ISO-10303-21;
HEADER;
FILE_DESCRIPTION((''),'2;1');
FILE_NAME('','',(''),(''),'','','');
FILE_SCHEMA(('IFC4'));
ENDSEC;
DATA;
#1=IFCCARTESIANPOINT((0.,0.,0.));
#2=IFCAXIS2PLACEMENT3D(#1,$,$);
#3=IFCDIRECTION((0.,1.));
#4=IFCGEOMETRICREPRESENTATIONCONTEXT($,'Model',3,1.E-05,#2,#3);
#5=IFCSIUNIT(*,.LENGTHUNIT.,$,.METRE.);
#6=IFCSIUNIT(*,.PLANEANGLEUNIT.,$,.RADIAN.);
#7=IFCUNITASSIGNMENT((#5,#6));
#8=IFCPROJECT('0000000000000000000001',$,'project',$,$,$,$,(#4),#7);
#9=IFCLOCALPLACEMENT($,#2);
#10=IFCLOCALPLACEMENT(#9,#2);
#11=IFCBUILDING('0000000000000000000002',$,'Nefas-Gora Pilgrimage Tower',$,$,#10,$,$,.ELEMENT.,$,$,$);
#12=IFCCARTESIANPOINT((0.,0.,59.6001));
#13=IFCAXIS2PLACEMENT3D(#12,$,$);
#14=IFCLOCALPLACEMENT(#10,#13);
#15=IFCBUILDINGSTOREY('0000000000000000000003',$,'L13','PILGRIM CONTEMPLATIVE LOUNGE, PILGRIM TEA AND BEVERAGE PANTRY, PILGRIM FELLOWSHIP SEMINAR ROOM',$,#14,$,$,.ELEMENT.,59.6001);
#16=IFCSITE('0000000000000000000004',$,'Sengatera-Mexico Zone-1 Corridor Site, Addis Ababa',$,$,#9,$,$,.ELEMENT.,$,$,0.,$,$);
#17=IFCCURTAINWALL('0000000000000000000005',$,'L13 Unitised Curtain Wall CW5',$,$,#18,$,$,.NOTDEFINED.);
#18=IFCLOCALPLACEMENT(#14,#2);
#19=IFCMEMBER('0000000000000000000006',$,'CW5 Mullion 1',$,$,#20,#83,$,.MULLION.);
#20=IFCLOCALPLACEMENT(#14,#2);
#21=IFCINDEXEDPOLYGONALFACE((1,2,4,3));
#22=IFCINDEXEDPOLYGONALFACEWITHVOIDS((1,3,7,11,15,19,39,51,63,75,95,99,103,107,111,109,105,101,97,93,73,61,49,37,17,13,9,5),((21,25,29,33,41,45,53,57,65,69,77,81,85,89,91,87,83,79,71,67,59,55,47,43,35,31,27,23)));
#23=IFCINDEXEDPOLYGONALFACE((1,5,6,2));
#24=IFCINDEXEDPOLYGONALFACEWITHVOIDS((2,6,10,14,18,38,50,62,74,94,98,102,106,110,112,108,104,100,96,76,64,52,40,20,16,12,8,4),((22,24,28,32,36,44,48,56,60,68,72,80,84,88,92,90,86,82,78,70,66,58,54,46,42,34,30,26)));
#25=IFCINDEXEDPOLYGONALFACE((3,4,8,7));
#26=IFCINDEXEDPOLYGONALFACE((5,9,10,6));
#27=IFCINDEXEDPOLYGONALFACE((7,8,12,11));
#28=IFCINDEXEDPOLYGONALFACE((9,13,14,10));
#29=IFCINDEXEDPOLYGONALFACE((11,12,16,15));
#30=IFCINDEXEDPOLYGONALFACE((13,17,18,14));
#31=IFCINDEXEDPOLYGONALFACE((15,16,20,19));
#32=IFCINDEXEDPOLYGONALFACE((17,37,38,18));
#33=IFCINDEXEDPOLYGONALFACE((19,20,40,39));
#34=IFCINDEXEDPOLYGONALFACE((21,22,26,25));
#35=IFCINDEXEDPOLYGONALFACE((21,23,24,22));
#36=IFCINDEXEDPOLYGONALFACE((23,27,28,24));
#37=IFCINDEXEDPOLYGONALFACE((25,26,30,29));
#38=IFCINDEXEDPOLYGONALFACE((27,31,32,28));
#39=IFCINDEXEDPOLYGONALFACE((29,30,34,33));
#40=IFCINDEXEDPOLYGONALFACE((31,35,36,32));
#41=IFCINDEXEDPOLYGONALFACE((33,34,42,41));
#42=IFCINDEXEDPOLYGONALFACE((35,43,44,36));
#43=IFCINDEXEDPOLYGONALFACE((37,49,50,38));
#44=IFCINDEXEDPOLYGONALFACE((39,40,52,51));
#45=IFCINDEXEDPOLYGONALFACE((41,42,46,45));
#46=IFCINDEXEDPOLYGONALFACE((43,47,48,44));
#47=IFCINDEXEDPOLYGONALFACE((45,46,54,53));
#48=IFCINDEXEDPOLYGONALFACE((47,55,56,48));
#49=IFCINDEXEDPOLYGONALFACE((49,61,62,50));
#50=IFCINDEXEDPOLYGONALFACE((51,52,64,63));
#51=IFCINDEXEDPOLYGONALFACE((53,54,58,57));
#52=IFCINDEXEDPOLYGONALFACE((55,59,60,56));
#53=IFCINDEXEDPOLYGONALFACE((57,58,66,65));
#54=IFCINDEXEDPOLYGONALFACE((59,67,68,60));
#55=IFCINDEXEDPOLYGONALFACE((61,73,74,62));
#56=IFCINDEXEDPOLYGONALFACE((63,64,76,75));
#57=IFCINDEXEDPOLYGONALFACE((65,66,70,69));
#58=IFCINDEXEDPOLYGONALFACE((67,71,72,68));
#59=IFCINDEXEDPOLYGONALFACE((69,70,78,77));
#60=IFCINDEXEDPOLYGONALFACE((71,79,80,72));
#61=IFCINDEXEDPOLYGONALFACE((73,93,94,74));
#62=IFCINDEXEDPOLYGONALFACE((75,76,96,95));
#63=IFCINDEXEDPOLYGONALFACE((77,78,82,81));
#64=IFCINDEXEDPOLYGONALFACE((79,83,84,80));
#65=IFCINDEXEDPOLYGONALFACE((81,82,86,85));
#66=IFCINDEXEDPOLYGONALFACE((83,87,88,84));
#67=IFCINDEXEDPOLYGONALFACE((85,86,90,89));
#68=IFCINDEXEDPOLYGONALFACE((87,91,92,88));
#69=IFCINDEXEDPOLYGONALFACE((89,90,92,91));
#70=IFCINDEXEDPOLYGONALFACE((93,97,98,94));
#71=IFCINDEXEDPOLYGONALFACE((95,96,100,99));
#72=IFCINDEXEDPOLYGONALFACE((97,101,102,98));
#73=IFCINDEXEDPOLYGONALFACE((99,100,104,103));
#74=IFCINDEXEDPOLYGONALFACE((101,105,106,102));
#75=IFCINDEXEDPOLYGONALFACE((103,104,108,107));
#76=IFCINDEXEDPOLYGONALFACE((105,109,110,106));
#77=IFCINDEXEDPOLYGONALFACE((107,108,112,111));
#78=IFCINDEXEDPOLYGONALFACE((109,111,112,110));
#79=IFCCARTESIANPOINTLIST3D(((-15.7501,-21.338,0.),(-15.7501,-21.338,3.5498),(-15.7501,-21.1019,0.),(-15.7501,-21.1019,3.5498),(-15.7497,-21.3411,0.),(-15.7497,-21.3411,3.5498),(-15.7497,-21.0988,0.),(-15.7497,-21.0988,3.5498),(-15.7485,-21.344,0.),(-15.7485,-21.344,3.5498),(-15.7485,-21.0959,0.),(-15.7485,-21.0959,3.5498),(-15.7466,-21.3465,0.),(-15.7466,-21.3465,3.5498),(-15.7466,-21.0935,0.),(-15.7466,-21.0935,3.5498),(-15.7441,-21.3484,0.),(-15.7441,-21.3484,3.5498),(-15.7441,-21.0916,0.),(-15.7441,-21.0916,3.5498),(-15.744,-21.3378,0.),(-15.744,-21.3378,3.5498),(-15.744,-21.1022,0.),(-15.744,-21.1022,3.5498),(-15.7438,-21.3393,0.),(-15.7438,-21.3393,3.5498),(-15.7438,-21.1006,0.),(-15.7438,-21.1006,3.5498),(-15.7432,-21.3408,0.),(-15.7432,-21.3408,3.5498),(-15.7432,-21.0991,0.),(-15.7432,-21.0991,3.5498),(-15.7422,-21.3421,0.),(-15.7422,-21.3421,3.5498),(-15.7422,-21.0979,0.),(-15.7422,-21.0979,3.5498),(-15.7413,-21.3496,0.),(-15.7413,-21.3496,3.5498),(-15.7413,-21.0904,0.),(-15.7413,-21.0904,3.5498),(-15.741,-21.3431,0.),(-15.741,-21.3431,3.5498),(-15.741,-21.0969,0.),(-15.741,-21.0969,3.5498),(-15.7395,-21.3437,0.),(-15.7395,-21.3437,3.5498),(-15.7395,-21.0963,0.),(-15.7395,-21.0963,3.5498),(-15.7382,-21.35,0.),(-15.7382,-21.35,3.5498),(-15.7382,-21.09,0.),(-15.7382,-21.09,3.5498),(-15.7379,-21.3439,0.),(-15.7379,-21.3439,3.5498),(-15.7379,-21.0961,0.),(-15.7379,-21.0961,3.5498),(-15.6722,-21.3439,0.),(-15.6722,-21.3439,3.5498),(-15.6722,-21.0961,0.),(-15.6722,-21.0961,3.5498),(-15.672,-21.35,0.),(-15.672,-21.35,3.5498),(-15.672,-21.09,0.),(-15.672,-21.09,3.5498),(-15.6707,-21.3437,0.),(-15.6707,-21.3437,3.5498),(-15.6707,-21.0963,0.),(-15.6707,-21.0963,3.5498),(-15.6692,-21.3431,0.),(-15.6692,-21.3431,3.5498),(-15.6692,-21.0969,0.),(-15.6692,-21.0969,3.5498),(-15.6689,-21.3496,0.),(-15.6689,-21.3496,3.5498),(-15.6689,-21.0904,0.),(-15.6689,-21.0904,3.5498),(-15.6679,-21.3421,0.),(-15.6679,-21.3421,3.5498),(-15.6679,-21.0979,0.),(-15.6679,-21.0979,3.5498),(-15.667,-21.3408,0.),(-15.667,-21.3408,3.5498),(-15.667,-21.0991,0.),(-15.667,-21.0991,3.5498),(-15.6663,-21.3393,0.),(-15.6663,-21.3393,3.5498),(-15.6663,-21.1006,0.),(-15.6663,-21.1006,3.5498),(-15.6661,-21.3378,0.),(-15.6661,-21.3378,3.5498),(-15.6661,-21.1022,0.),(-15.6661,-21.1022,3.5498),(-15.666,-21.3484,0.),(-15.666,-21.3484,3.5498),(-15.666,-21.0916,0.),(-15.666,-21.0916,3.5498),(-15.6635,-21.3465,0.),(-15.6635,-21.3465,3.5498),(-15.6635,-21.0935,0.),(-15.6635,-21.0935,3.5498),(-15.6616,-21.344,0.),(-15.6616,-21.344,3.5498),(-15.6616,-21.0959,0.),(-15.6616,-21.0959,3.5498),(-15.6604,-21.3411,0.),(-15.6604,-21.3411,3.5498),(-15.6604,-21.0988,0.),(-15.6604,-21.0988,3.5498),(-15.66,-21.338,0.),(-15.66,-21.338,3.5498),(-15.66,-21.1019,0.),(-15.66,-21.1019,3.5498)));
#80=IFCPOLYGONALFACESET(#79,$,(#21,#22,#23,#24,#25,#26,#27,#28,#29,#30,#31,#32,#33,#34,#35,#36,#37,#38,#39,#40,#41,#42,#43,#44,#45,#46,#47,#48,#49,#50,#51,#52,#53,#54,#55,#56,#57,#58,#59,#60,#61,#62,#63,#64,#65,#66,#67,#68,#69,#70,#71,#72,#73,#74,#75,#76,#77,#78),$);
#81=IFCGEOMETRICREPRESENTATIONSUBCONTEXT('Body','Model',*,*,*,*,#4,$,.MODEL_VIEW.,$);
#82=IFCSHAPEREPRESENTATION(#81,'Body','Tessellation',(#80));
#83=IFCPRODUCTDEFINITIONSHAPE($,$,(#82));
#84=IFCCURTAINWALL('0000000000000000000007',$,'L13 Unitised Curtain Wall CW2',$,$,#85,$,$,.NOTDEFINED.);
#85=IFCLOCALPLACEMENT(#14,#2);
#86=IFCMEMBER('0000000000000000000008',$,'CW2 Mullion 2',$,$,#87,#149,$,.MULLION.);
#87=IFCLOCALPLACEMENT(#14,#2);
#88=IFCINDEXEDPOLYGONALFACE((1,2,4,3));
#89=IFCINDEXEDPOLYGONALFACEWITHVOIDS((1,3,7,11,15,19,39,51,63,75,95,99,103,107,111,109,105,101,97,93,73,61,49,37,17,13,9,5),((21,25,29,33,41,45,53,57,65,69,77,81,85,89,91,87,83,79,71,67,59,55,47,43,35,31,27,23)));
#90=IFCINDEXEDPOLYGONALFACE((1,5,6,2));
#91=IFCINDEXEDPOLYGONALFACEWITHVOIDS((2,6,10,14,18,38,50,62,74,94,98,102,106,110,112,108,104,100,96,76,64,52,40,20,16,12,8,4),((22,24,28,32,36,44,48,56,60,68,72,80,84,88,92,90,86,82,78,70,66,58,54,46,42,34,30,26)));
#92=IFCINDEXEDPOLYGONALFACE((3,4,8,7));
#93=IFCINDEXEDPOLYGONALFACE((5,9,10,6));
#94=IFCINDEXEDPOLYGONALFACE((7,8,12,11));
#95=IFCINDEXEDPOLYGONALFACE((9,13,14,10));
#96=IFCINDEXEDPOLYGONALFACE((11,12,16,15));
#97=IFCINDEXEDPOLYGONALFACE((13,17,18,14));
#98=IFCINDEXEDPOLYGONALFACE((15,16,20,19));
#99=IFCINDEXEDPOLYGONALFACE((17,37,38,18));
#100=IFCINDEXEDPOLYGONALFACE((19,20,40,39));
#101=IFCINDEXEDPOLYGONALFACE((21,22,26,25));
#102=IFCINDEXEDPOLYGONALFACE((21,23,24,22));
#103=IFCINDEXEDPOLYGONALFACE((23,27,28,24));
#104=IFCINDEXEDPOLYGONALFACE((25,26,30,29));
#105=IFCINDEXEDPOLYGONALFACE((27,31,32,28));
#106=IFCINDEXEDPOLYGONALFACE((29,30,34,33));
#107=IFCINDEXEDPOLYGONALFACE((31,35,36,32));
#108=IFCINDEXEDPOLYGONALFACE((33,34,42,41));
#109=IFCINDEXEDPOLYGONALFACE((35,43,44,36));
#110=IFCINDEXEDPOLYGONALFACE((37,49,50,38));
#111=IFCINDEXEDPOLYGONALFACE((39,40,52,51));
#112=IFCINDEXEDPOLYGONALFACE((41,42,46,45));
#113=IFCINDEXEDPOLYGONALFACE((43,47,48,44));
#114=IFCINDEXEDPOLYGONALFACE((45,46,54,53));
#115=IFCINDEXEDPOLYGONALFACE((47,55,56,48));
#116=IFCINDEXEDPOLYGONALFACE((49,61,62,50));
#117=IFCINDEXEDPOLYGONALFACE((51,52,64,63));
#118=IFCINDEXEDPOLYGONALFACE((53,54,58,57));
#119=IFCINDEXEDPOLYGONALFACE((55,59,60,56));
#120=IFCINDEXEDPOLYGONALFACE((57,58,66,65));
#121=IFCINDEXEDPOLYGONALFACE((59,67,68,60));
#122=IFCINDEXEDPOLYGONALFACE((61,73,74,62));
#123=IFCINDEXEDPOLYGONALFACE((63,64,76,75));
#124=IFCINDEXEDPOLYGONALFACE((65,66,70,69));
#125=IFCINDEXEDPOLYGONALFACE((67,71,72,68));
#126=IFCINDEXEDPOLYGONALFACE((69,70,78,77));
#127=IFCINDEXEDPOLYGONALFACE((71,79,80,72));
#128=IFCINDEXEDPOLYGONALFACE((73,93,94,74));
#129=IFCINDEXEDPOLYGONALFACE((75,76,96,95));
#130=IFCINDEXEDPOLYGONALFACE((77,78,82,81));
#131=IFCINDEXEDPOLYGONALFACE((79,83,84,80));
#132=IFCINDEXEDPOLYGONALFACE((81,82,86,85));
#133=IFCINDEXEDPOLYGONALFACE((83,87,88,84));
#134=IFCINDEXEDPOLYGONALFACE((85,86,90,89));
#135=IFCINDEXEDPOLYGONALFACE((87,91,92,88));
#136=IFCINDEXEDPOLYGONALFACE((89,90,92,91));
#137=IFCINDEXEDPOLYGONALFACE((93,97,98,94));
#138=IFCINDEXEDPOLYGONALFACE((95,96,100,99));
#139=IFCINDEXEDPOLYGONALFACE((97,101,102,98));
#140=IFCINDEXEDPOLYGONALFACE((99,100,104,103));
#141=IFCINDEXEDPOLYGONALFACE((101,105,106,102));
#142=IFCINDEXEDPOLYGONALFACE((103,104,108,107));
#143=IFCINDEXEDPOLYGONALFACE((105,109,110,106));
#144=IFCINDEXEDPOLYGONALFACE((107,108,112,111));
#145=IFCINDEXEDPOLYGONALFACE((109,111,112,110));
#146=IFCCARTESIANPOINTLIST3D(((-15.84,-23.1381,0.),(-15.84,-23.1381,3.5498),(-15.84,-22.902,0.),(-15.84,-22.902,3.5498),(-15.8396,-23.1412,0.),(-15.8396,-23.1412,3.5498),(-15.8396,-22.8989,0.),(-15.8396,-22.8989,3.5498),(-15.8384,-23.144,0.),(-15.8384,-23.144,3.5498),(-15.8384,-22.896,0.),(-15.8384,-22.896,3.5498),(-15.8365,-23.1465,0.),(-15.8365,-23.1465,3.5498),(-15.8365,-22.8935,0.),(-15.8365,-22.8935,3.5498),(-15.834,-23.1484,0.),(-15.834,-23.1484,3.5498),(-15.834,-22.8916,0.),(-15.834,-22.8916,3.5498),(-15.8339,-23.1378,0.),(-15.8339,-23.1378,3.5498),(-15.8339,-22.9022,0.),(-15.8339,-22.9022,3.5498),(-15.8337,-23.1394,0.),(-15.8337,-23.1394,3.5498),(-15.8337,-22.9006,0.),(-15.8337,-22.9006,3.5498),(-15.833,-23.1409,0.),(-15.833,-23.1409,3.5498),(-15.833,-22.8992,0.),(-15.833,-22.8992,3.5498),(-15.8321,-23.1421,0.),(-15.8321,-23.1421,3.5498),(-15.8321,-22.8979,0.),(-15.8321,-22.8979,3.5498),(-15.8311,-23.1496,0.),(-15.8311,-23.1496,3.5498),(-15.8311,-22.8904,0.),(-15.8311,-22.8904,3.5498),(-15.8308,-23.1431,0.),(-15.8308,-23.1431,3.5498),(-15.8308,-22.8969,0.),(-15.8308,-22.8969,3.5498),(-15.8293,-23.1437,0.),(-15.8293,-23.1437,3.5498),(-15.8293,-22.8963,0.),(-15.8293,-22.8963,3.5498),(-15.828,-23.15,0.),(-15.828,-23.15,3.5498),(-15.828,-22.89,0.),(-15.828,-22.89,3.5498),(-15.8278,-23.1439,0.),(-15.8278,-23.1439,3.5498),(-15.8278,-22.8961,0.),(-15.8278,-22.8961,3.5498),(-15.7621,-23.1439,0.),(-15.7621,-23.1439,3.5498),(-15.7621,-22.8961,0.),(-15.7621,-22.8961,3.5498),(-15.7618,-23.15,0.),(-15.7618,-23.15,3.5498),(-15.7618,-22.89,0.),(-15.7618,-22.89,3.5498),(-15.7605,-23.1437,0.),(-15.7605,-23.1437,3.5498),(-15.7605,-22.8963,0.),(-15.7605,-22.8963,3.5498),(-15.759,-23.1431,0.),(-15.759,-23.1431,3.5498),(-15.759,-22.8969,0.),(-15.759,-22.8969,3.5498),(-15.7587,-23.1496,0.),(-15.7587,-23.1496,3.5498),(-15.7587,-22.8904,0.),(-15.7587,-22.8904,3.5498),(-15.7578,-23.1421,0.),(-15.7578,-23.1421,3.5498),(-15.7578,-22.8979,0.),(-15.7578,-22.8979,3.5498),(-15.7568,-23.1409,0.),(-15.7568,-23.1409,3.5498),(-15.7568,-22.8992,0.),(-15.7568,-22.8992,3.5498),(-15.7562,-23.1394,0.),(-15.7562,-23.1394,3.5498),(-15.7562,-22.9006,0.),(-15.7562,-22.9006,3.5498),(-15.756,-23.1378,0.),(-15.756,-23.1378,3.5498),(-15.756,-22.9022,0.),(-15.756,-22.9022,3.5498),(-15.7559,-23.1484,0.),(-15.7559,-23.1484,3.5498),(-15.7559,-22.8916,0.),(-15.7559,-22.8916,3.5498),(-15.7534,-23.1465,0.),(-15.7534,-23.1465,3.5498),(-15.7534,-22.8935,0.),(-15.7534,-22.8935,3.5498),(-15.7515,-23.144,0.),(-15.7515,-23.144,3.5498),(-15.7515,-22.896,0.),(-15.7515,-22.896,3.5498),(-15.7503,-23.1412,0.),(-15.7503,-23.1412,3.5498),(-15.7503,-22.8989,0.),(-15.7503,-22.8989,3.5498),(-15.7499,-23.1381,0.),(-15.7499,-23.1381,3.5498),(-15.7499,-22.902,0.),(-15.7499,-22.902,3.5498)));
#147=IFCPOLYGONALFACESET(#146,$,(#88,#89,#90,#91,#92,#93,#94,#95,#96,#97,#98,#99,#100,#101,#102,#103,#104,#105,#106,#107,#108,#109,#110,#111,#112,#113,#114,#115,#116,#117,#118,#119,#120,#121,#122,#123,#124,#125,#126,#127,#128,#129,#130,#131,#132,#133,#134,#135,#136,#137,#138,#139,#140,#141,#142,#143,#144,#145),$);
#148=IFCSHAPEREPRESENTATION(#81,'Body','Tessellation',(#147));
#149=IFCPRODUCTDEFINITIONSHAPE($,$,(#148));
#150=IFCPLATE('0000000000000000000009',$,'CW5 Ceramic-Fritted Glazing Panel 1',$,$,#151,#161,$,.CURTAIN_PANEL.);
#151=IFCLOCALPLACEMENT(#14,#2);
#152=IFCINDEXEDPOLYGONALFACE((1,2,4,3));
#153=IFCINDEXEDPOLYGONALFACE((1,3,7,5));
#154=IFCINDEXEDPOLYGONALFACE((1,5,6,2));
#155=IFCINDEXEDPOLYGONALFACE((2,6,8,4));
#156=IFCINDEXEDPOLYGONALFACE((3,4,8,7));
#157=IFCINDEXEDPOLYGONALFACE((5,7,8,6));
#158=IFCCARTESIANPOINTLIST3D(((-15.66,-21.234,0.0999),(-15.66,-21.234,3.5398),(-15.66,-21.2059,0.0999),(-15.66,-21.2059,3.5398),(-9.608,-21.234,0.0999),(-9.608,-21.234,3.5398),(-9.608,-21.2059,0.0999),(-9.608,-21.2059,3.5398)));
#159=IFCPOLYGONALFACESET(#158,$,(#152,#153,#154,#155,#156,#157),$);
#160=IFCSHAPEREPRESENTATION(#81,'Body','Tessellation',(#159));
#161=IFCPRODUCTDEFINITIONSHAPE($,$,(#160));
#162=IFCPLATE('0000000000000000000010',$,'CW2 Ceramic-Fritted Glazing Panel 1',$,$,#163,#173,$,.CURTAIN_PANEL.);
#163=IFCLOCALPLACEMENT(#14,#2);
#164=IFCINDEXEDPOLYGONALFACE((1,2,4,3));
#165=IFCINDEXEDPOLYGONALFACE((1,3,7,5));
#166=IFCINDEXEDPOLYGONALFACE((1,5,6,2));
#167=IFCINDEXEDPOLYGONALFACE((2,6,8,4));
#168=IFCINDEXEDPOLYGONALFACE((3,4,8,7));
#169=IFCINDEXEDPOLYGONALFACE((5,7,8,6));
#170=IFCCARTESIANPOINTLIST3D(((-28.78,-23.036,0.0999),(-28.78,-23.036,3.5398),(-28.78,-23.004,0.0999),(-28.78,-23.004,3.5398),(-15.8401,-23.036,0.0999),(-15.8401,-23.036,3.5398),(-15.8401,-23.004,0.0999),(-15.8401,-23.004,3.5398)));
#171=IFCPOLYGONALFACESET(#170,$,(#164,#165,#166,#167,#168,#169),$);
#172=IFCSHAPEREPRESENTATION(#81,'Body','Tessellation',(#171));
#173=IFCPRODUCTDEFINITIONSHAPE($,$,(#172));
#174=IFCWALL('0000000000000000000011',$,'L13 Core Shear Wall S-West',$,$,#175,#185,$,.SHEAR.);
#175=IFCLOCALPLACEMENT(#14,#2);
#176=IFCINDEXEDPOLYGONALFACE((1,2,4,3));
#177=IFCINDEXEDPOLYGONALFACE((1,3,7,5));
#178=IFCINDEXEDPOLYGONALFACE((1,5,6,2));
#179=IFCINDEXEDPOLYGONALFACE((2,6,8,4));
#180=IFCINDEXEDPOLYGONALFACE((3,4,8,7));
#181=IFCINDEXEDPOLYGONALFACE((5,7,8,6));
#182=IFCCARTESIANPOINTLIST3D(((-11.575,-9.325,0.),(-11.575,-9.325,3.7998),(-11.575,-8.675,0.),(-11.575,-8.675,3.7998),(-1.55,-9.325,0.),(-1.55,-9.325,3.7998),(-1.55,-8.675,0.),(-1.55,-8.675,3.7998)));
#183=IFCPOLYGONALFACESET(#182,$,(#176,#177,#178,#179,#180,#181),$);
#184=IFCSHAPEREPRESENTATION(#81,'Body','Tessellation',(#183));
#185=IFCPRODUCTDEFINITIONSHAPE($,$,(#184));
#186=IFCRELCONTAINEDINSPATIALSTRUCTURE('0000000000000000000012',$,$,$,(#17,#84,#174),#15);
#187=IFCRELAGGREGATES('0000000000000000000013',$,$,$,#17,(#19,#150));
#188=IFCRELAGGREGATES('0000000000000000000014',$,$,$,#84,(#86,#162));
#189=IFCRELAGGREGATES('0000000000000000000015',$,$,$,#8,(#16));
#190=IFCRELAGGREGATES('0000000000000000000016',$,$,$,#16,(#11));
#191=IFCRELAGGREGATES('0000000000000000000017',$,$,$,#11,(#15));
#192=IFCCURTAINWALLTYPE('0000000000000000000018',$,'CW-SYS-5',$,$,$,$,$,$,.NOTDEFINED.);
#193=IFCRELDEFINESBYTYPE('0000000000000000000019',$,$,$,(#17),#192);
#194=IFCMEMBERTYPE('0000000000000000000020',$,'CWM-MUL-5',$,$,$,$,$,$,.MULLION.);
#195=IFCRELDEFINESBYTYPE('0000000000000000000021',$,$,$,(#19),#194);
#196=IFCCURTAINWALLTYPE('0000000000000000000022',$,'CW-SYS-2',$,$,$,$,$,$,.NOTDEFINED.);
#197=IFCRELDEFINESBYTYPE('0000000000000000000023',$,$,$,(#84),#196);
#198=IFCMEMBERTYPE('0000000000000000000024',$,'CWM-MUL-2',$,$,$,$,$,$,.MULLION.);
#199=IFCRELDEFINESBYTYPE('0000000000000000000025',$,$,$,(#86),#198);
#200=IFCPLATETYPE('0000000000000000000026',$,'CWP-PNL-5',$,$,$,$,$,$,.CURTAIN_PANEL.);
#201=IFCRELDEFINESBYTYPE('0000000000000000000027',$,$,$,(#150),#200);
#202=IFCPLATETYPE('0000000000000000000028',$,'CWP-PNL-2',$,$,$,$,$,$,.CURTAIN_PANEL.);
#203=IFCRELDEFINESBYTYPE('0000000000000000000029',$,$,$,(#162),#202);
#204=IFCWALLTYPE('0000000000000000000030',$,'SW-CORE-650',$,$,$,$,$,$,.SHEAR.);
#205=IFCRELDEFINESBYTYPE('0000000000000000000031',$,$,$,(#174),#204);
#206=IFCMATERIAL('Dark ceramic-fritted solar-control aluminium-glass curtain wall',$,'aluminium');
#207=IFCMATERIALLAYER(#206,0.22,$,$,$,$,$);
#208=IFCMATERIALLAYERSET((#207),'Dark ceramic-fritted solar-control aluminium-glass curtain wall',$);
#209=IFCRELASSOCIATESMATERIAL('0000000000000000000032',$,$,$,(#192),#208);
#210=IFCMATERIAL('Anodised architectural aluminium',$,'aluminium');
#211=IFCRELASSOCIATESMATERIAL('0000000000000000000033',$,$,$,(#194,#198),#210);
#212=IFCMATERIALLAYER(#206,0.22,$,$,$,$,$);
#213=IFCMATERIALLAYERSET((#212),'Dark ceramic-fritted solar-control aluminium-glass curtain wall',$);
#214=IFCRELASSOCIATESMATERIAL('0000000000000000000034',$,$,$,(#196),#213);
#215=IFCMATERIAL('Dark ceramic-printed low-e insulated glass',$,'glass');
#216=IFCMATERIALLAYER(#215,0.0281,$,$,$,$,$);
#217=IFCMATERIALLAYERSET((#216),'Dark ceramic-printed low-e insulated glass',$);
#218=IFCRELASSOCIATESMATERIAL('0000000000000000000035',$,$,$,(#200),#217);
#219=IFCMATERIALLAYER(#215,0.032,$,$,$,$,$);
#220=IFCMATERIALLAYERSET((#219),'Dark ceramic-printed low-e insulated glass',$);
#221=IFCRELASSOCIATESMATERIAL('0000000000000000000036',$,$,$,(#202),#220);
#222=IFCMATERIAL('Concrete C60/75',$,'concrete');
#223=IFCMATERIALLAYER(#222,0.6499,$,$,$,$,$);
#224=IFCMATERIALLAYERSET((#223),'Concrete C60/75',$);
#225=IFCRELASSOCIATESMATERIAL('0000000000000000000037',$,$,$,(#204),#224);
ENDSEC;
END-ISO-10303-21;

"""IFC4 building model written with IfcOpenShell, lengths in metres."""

from ifc_helpers import new_model, si_unit, direction, frame, frame_2d, origin, origin_2d, place, context, subcontext, project, spatial, rectangle, hollow_rectangle, extrude, source, transform, mapped, material, layer, layer_set, material_profile, profile_set, type_object, element, aggregate, save


model = new_model("IFC4")

# Units and contexts
model_context = context("Model", 3, precision=1e-05, world=origin(), true_north=direction((0.0, 1.0)))
body_context = subcontext(model_context, "Body", "Model", "MODEL_VIEW")
ifc_project = project(units=[si_unit("LENGTHUNIT", "METRE"), si_unit("PLANEANGLEUNIT", "RADIAN")], contexts=[model_context])

# Site, building, storey
site_placement = place(None, origin())
site = spatial("IfcSite", under=ifc_project, at=site_placement, Name="Sengatera-Mexico Zone-1 Corridor Site, Addis Ababa", CompositionType="ELEMENT", RefElevation=0.0)
building_placement = place(site_placement, origin())
building = spatial("IfcBuilding", under=site, at=building_placement, Name="Nefas-Gora Pilgrimage Tower", CompositionType="ELEMENT")
storey_placement = place(building_placement, frame((0.0, 0.0, 59.6001)))
storey = spatial("IfcBuildingStorey", under=building, at=storey_placement, Name="L13", Description="PILGRIM CONTEMPLATIVE LOUNGE, PILGRIM TEA AND BEVERAGE PANTRY, PILGRIM FELLOWSHIP SEMINAR ROOM", CompositionType="ELEMENT", Elevation=59.6001)

# Shared definitions
ifc_material_1 = material(Name="Concrete C60/75", Category="concrete")

# Curtain wall, member
ifc_material_2 = material(Name="Dark ceramic-fritted solar-control aluminium-glass curtain wall", Category="aluminium")
ifc_layer_1 = layer(ifc_material_2, 0.22)
ifc_layer_set_1 = layer_set([ifc_layer_1], Name="Dark ceramic-fritted solar-control aluminium-glass curtain wall")
curtain_wall_type_1 = type_object("IfcCurtainWallType", Name="CW-SYS-5", PredefinedType="NOTDEFINED", material=ifc_layer_set_1)
curtain_wall_1_placement = place(storey_placement, origin())
curtain_wall_1 = element("IfcCurtainWall", 1, at=curtain_wall_1_placement, inside=storey, type_object=curtain_wall_type_1, Name="L13 Unitised Curtain Wall CW5", PredefinedType="NOTDEFINED")
ifc_material_3 = material(Name="Anodised architectural aluminium", Category="aluminium")
ifc_material_profile_1 = material_profile(ifc_material_3, hollow_rectangle(XDim=0.0901, YDim=0.26, WallThickness=0.0061, InnerFilletRadius=0.0061, OuterFilletRadius=0.012, at=origin_2d()), Name="ALU MULLION 90x260")
ifc_profile_set_1 = profile_set([ifc_material_profile_1], Name="Anodised architectural aluminium")
member_type_1 = type_object("IfcMemberType", Name="CWM-MUL-5", PredefinedType="MULLION", material=ifc_profile_set_1)
shared_shape_1 = source(origin(), body_context, "Body", "SweptSolid", [
    extrude(hollow_rectangle(XDim=0.0901, YDim=0.26, WallThickness=0.0061, InnerFilletRadius=0.0061, OuterFilletRadius=0.012, at=origin_2d()), origin(), (0.0, 0.0, 1.0), 3.5498),
])
member_1_placement = place(storey_placement, frame((-15.7051, -21.22, 0.0), z_axis=(0.0, 0.0, 1.0), x_axis=(1.0, 0.0, 0.0)))
member_1 = element("IfcMember", 2, at=member_1_placement, type_object=member_type_1, Name="CW5 Mullion 1", PredefinedType="MULLION", context=body_context, shape_type="MappedRepresentation", body=[
    mapped(shared_shape_1, transform((0.0, 0.0, 0.0), x_axis=(1.0, 0.0, 0.0), y_axis=(0.0, 1.0, 0.0), z_axis=(0.0, 0.0, 1.0), scale=1.0)),
])

# Curtain wall, member
ifc_layer_2 = layer(ifc_material_2, 0.22)
ifc_layer_set_2 = layer_set([ifc_layer_2], Name="Dark ceramic-fritted solar-control aluminium-glass curtain wall")
curtain_wall_type_2 = type_object("IfcCurtainWallType", Name="CW-SYS-2", PredefinedType="NOTDEFINED", material=ifc_layer_set_2)
curtain_wall_2_placement = place(storey_placement, origin())
curtain_wall_2 = element("IfcCurtainWall", 3, at=curtain_wall_2_placement, inside=storey, type_object=curtain_wall_type_2, Name="L13 Unitised Curtain Wall CW2", PredefinedType="NOTDEFINED")
ifc_material_profile_2 = material_profile(ifc_material_3, hollow_rectangle(XDim=0.0901, YDim=0.26, WallThickness=0.0061, InnerFilletRadius=0.0061, OuterFilletRadius=0.012, at=origin_2d()), Name="ALU MULLION 90x260")
ifc_profile_set_2 = profile_set([ifc_material_profile_2], Name="Anodised architectural aluminium")
member_type_2 = type_object("IfcMemberType", Name="CWM-MUL-2", PredefinedType="MULLION", material=ifc_profile_set_2)
shared_shape_2 = source(origin(), body_context, "Body", "SweptSolid", [
    extrude(hollow_rectangle(XDim=0.0901, YDim=0.26, WallThickness=0.0061, InnerFilletRadius=0.0061, OuterFilletRadius=0.012, at=origin_2d()), origin(), (0.0, 0.0, 1.0), 3.5498),
])
member_2_placement = place(storey_placement, frame((-15.7949, -23.02, 0.0), z_axis=(0.0, 0.0, 1.0), x_axis=(1.0, 0.0, 0.0)))
member_2 = element("IfcMember", 4, at=member_2_placement, type_object=member_type_2, Name="CW2 Mullion 2", PredefinedType="MULLION", context=body_context, shape_type="MappedRepresentation", body=[
    mapped(shared_shape_2, transform((0.0, 0.0, 0.0), x_axis=(1.0, 0.0, 0.0), y_axis=(0.0, 1.0, 0.0), z_axis=(0.0, 0.0, 1.0), scale=1.0)),
])

# Plates
ifc_material_4 = material(Name="Dark ceramic-printed low-e insulated glass", Category="glass")
ifc_layer_3 = layer(ifc_material_4, 0.0281)
ifc_layer_set_3 = layer_set([ifc_layer_3], Name="Dark ceramic-printed low-e insulated glass")
plate_type_1 = type_object("IfcPlateType", Name="CWP-PNL-5", PredefinedType="CURTAIN_PANEL", material=ifc_layer_set_3)
shared_shape_3 = source(origin(), body_context, "Body", "SweptSolid", [
    extrude(rectangle(XDim=6.052, YDim=0.0281, at=origin_2d()), origin(), (0.0, 0.0, 1.0), 3.4399),
])
plate_1_placement = place(storey_placement, frame((-12.634, -21.22, 0.0999), z_axis=(0.0, 0.0, 1.0), x_axis=(1.0, 0.0, 0.0)))
plate_1 = element("IfcPlate", 5, at=plate_1_placement, type_object=plate_type_1, Name="CW5 Ceramic-Fritted Glazing Panel 1", PredefinedType="CURTAIN_PANEL", context=body_context, shape_type="MappedRepresentation", body=[
    mapped(shared_shape_3, transform((0.0, 0.0, 0.0), x_axis=(1.0, 0.0, 0.0), y_axis=(0.0, 1.0, 0.0), z_axis=(0.0, 0.0, 1.0), scale=1.0)),
])
aggregate(curtain_wall_1, [member_1, plate_1])
ifc_layer_4 = layer(ifc_material_4, 0.032)
ifc_layer_set_4 = layer_set([ifc_layer_4], Name="Dark ceramic-printed low-e insulated glass")
plate_type_2 = type_object("IfcPlateType", Name="CWP-PNL-2", PredefinedType="CURTAIN_PANEL", material=ifc_layer_set_4)
shared_shape_4 = source(origin(), body_context, "Body", "SweptSolid", [
    extrude(rectangle(XDim=12.9399, YDim=0.032, at=origin_2d()), origin(), (0.0, 0.0, 1.0), 3.4399),
])
plate_2_placement = place(storey_placement, frame((-22.3101, -23.02, 0.0999), z_axis=(0.0, 0.0, 1.0), x_axis=(1.0, 0.0, 0.0)))
plate_2 = element("IfcPlate", 6, at=plate_2_placement, type_object=plate_type_2, Name="CW2 Ceramic-Fritted Glazing Panel 1", PredefinedType="CURTAIN_PANEL", context=body_context, shape_type="MappedRepresentation", body=[
    mapped(shared_shape_4, transform((0.0, 0.0, 0.0), x_axis=(1.0, 0.0, 0.0), y_axis=(0.0, 1.0, 0.0), z_axis=(0.0, 0.0, 1.0), scale=1.0)),
])
aggregate(curtain_wall_2, [member_2, plate_2])

# Wall
ifc_layer_5 = layer(ifc_material_1, 0.6499)
ifc_layer_set_5 = layer_set([ifc_layer_5], Name="Concrete C60/75")
wall_type_1 = type_object("IfcWallType", Name="SW-CORE-650", PredefinedType="SHEAR", material=ifc_layer_set_5)
shared_shape_5 = source(origin(), body_context, "Body", "SweptSolid", [
    extrude(rectangle(XDim=10.0249, YDim=0.6499, at=frame_2d((5.0125, 0.0))), origin(), (0.0, 0.0, 1.0), 3.7998),
])
wall_1_placement = place(storey_placement, frame((-11.575, -9.0, 0.0), z_axis=(0.0, 0.0, 1.0), x_axis=(1.0, 0.0, 0.0)))
element("IfcWall", 7, at=wall_1_placement, inside=storey, type_object=wall_type_1, Name="L13 Core Shear Wall S-West", PredefinedType="SHEAR", context=body_context, shape_type="MappedRepresentation", body=[
    mapped(shared_shape_5, transform((0.0, 0.0, 0.0), x_axis=(1.0, 0.0, 0.0), y_axis=(0.0, 1.0, 0.0), z_axis=(0.0, 0.0, 1.0), scale=1.0)),
])

save(model, "model.ifc")
